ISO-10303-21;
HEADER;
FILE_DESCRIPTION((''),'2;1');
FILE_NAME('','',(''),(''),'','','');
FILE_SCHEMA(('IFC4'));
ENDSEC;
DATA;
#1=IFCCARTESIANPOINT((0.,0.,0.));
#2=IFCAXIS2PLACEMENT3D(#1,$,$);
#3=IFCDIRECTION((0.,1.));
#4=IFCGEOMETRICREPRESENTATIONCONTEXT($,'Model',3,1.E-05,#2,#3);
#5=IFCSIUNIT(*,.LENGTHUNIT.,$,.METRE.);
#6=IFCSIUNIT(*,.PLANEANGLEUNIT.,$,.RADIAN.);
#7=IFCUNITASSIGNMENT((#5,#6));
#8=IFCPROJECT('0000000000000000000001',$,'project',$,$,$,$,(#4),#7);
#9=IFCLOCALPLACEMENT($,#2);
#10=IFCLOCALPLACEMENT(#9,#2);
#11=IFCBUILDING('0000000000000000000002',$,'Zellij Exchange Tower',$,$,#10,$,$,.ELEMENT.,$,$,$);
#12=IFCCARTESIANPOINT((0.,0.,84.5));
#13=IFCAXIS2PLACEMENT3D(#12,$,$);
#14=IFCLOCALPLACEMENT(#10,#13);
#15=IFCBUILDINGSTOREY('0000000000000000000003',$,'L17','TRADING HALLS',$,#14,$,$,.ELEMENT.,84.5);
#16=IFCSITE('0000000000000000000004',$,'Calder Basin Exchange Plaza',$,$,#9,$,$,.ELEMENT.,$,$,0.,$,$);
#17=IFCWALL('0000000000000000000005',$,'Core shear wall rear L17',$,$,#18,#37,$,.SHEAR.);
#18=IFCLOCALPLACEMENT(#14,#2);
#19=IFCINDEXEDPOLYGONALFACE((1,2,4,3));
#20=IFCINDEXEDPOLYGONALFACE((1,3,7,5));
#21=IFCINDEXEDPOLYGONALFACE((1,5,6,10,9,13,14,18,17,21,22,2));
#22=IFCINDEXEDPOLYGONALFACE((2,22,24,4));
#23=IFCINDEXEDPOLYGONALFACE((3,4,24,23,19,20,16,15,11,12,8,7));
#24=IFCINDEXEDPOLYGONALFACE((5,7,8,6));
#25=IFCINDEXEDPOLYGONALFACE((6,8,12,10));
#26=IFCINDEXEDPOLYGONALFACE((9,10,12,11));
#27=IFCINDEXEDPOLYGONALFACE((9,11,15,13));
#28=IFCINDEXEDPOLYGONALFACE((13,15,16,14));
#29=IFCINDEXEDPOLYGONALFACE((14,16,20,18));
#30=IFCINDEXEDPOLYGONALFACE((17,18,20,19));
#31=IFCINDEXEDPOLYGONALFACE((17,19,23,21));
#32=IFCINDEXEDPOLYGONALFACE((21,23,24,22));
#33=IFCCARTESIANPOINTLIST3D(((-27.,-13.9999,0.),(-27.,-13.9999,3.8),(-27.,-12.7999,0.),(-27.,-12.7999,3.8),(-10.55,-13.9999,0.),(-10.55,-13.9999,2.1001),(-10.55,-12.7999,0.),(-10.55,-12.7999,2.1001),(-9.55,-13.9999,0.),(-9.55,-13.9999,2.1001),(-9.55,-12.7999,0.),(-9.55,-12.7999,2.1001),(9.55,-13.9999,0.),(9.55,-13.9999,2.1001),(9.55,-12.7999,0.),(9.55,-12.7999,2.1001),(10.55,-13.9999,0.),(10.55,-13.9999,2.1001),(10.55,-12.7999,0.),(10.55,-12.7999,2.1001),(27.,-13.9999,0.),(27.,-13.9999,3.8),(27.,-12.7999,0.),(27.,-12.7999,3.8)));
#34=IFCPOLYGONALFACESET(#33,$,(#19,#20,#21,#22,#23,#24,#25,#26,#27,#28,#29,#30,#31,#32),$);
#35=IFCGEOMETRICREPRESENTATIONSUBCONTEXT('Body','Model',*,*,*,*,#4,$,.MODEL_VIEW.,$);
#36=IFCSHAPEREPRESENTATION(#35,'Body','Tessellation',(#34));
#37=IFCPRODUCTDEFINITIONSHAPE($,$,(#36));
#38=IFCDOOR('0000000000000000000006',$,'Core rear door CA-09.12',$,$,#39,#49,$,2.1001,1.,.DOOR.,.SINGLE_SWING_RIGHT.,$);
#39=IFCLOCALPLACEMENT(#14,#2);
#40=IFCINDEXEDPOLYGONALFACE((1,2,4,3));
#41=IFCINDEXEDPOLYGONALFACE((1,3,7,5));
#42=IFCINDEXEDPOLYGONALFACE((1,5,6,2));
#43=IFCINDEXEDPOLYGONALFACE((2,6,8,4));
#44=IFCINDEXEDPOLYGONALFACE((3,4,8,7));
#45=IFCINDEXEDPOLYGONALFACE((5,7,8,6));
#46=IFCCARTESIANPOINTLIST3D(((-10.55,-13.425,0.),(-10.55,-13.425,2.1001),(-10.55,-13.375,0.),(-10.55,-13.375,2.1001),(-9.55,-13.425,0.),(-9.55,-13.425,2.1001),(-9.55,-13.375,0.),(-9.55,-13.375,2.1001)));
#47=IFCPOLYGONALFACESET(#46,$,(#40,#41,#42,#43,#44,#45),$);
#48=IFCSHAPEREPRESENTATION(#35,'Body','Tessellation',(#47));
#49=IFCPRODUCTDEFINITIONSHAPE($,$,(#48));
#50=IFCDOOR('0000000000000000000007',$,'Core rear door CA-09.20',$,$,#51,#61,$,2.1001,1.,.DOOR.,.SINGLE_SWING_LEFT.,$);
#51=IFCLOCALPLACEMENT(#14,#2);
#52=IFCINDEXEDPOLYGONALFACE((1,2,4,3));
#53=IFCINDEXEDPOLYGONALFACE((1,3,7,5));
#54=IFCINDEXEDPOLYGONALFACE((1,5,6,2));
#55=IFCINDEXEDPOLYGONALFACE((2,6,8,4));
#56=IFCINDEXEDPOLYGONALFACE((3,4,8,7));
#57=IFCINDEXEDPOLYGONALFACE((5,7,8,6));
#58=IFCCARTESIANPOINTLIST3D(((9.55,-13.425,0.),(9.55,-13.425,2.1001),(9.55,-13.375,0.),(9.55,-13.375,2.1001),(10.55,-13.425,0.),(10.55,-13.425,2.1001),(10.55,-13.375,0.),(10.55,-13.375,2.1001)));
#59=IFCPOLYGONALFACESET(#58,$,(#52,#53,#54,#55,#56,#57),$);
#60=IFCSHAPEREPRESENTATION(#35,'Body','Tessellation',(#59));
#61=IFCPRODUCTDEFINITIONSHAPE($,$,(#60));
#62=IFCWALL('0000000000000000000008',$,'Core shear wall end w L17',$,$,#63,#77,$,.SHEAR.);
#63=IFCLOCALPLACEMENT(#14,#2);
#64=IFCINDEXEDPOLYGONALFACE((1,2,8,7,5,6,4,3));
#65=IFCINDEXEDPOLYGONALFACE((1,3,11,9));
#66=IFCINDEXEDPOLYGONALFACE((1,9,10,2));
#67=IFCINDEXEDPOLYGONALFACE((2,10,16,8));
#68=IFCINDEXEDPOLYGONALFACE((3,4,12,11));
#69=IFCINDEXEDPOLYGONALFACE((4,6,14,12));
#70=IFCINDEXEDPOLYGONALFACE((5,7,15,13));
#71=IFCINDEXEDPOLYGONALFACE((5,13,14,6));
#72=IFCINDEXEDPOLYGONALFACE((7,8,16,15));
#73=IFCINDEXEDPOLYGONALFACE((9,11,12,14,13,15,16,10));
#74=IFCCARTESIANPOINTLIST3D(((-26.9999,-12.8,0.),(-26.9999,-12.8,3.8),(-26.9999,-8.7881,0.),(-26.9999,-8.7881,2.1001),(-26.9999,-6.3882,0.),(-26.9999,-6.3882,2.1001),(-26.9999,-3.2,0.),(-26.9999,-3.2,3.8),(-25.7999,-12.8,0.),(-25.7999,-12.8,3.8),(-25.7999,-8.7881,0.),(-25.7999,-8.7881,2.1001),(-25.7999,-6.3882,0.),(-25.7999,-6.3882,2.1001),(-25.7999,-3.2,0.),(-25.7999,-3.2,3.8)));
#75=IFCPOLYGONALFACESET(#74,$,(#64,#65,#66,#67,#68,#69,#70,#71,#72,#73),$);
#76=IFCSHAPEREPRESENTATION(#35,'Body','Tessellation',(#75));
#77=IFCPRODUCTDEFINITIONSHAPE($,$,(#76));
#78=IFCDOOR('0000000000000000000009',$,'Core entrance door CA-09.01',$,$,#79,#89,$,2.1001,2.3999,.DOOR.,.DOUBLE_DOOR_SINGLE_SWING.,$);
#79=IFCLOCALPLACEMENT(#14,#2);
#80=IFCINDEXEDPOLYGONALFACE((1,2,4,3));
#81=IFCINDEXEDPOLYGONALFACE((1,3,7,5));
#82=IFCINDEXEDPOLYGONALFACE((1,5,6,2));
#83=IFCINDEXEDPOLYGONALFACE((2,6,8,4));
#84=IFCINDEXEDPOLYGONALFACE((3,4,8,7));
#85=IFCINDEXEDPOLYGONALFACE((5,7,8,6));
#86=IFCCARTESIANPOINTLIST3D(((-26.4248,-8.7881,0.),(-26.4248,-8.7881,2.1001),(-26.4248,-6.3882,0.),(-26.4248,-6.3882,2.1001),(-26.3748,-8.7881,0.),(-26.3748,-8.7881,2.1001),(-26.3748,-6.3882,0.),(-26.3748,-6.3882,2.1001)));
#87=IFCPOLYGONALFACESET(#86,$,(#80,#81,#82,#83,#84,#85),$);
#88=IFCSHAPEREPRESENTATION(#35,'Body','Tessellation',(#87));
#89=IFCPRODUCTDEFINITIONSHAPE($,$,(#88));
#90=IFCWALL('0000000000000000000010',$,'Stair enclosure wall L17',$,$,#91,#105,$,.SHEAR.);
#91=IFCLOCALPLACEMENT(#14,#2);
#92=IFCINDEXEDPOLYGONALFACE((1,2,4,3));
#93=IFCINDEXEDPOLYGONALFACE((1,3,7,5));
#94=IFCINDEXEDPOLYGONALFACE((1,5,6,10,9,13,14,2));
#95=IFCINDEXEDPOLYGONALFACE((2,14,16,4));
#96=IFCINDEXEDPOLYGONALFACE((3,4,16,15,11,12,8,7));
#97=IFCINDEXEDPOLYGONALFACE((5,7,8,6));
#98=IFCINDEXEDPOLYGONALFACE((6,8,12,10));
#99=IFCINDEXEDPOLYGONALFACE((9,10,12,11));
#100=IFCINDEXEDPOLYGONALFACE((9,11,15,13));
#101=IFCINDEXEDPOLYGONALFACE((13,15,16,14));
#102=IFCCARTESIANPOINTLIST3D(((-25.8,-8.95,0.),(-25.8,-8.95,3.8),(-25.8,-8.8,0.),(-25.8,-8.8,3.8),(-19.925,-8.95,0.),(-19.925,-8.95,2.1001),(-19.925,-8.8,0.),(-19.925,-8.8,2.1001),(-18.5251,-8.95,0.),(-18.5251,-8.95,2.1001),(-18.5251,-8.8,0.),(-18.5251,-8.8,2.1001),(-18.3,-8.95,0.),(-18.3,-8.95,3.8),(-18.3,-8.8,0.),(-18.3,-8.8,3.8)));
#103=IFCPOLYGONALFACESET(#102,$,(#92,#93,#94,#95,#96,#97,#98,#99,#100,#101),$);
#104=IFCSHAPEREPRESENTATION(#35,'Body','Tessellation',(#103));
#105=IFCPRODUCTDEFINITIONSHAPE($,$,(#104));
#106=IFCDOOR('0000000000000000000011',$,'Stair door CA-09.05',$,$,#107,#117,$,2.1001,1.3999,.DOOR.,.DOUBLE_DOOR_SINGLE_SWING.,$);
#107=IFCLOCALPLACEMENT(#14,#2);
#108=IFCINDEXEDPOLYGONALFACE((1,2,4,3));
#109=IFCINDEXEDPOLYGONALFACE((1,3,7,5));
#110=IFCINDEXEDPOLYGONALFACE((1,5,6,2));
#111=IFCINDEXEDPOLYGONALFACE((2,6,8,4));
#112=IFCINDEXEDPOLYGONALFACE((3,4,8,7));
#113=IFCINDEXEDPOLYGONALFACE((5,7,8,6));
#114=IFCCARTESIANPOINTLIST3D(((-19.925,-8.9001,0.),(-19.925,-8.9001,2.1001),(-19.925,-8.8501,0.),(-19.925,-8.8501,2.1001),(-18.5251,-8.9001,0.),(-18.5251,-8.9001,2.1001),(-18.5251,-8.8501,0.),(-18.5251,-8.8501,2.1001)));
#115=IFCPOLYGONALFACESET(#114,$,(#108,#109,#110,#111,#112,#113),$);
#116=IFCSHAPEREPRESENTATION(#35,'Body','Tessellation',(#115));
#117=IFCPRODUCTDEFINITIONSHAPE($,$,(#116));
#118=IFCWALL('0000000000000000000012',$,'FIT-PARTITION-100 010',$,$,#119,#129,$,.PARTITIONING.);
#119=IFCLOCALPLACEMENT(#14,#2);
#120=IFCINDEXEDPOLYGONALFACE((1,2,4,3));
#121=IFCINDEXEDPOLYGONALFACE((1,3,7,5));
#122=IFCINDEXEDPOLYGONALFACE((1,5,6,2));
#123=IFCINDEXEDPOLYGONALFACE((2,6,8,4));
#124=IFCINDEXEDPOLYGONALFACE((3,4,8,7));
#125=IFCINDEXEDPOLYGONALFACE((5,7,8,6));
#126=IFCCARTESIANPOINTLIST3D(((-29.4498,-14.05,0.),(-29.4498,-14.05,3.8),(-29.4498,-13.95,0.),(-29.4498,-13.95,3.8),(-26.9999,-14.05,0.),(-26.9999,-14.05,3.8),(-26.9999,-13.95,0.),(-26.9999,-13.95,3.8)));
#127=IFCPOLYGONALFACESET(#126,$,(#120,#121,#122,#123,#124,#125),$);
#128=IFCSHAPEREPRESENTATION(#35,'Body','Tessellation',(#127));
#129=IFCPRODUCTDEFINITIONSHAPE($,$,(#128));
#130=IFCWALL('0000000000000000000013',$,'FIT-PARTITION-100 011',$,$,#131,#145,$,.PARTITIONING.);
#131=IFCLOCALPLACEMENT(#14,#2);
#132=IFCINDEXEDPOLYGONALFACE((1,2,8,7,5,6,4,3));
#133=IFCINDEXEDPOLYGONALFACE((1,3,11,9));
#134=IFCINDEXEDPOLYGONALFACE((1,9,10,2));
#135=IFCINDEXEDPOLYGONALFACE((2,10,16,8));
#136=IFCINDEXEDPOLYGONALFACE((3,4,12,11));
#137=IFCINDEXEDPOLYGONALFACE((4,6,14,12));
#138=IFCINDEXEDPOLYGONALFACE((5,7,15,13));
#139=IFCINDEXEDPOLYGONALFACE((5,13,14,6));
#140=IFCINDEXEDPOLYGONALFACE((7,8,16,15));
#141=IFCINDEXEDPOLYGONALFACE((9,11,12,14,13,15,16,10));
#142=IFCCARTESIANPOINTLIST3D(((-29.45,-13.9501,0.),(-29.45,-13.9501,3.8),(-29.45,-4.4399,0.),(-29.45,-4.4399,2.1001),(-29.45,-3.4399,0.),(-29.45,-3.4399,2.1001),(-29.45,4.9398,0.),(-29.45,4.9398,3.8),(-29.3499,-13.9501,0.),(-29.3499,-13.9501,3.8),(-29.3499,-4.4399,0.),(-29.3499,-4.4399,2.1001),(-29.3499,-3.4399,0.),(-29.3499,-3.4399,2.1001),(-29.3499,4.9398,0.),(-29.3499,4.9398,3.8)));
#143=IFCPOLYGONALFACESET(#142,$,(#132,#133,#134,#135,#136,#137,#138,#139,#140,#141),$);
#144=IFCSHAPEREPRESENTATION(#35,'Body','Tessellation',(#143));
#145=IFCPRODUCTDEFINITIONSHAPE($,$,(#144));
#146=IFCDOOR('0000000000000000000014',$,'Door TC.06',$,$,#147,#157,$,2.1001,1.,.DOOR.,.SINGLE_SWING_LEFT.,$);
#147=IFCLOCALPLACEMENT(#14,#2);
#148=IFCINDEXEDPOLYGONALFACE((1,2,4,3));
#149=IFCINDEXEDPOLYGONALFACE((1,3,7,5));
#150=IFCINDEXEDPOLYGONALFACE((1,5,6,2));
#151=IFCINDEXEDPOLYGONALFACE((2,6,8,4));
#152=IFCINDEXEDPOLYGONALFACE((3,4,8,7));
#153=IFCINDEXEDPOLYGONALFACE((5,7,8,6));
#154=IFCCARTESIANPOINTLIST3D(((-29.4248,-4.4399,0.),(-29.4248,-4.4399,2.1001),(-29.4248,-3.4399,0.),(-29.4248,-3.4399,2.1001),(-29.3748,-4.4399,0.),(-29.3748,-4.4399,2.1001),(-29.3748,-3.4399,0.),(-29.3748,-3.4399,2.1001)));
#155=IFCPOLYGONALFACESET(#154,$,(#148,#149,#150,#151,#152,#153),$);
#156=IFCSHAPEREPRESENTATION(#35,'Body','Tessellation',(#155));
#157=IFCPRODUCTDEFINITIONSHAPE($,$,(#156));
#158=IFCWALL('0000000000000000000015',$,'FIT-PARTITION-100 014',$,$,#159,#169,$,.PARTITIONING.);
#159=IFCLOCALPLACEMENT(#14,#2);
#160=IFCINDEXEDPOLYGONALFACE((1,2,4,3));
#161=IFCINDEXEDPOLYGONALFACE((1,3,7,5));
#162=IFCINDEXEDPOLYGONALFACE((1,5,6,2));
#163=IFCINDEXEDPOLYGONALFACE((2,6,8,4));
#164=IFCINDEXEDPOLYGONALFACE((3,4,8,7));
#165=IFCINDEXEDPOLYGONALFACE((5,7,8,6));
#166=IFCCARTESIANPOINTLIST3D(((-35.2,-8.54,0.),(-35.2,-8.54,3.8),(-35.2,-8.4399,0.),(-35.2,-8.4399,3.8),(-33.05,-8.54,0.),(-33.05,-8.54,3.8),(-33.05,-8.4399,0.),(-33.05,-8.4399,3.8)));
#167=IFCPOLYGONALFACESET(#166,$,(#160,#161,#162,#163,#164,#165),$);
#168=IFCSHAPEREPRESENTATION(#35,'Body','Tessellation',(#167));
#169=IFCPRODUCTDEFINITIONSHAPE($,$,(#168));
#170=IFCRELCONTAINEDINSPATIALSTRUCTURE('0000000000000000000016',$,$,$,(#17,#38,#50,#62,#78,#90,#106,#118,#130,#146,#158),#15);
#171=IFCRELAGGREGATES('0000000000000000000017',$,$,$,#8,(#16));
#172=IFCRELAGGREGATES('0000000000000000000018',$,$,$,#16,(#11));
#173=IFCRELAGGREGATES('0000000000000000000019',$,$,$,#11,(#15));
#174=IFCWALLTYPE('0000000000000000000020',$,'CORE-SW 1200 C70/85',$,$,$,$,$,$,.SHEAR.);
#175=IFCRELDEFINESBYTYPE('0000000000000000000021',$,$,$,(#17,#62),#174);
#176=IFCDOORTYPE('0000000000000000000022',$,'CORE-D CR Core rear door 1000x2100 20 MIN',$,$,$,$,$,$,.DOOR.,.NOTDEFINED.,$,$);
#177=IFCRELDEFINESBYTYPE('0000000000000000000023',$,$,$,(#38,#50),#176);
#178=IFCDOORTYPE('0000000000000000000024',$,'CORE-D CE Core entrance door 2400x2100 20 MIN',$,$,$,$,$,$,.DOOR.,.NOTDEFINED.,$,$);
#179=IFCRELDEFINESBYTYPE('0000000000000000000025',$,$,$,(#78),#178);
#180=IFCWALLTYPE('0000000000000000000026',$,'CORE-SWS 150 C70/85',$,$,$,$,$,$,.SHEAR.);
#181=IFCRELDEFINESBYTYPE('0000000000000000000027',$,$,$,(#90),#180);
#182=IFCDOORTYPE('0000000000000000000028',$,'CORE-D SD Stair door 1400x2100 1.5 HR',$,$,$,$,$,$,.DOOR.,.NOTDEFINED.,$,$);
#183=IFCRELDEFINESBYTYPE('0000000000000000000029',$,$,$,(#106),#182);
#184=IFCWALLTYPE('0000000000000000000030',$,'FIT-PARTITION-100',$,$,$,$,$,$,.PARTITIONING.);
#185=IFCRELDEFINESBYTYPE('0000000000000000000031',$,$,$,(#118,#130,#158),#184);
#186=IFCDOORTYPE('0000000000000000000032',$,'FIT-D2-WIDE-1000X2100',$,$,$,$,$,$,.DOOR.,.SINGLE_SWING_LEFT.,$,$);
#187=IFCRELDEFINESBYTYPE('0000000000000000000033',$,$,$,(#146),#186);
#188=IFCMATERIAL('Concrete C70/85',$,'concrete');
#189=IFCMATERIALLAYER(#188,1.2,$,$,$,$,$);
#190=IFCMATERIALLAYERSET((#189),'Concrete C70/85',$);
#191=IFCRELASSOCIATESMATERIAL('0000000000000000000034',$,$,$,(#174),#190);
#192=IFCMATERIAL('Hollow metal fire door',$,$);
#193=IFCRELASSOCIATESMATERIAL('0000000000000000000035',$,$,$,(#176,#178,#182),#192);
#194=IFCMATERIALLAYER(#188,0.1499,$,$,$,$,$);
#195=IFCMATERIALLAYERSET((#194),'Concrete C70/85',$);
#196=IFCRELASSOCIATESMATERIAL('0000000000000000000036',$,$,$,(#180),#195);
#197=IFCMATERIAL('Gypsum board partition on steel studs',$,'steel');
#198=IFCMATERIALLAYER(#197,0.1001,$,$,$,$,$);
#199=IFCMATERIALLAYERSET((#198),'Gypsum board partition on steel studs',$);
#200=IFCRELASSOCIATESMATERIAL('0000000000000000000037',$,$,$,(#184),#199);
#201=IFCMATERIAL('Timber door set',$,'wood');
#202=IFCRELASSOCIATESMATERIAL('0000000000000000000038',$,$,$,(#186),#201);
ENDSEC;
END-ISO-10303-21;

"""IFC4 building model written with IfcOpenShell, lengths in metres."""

from ifc_helpers import new_model, si_unit, direction, frame, frame_2d, origin, place, context, subcontext, project, spatial, rectangle, extrude, material, layer, layer_set, type_object, element, fill, save


model = new_model("IFC4")

# Units and contexts
model_context = context("Model", 3, precision=1e-05, world=origin(), true_north=direction((0.0, 1.0)))
body_context = subcontext(model_context, "Body", "Model", "MODEL_VIEW")
ifc_project = project(units=[si_unit("LENGTHUNIT", "METRE"), si_unit("PLANEANGLEUNIT", "RADIAN")], contexts=[model_context])

# Site, building, storey
site_placement = place(None, origin())
site = spatial("IfcSite", under=ifc_project, at=site_placement, Name="Calder Basin Exchange Plaza", CompositionType="ELEMENT", RefElevation=0.0)
building_placement = place(site_placement, origin())
building = spatial("IfcBuilding", under=site, at=building_placement, Name="Zellij Exchange Tower", CompositionType="ELEMENT")
storey_placement = place(building_placement, frame((0.0, 0.0, 84.5)))
storey = spatial("IfcBuildingStorey", under=building, at=storey_placement, Name="L17", Description="TRADING HALLS", CompositionType="ELEMENT", Elevation=84.5)

# Shared definitions
ifc_material_1 = material(Name="Concrete C70/85", Category="concrete")

# Wall, openings, doors
ifc_layer_1 = layer(ifc_material_1, 1.2)
ifc_layer_set_1 = layer_set([ifc_layer_1], Name="Concrete C70/85")
wall_type_1 = type_object("IfcWallType", Name="CORE-SW 1200 C70/85", PredefinedType="SHEAR", material=ifc_layer_set_1)
wall_1_placement = place(storey_placement, frame((-27.0, -13.3999, 0.0), z_axis=(0.0, 0.0, 1.0), x_axis=(1.0, 0.0, 0.0)))
wall_1 = element("IfcWall", 1, at=wall_1_placement, inside=storey, type_object=wall_type_1, Name="Core shear wall rear L17", PredefinedType="SHEAR", context=body_context, shape_type="SweptSolid", body=[
    extrude(rectangle(XDim=54.0, YDim=1.2, at=frame_2d((27.0, 0.0))), origin(), (0.0, 0.0, 1.0), 3.8),
])
opening_1_placement = place(wall_1_placement, frame((16.45, 0.0, 0.0)))
opening_1 = element("IfcOpeningElement", 2, at=opening_1_placement, cuts=wall_1, PredefinedType="OPENING", context=body_context, shape_type="SweptSolid", body=[
    extrude(rectangle(XDim=1.0, YDim=2.1001, at=frame_2d((0.5, 1.05))), frame((0.0, 0.6118, 0.0), z_axis=(0.0, -1.0, 0.0), x_axis=(1.0, 0.0, 0.0)), (0.0, 0.0, 1.0), 1.2239),
])
opening_2_placement = place(wall_1_placement, frame((36.55, 0.0, 0.0)))
opening_2 = element("IfcOpeningElement", 3, at=opening_2_placement, cuts=wall_1, PredefinedType="OPENING", context=body_context, shape_type="SweptSolid", body=[
    extrude(rectangle(XDim=1.0, YDim=2.1001, at=frame_2d((0.5, 1.05))), frame((0.0, 0.6118, 0.0), z_axis=(0.0, -1.0, 0.0), x_axis=(1.0, 0.0, 0.0)), (0.0, 0.0, 1.0), 1.2239),
])
ifc_material_2 = material(Name="Hollow metal fire door")
door_type_1 = type_object("IfcDoorType", Name="CORE-D CR Core rear door 1000x2100 20 MIN", OperationType="NOTDEFINED", PredefinedType="DOOR", material=ifc_material_2)
door_1_placement = place(opening_1_placement, origin())
door_1 = element("IfcDoor", 4, at=door_1_placement, inside=storey, type_object=door_type_1, Name="Core rear door CA-09.12", OperationType="SINGLE_SWING_RIGHT", OverallHeight=2.1001, OverallWidth=1.0, PredefinedType="DOOR", context=body_context, shape_type="SweptSolid", body=[
    extrude(rectangle(XDim=1.0, YDim=2.1001, at=frame_2d((0.5, 1.05))), frame((0.0, 0.0249, 0.0), z_axis=(0.0, -1.0, 0.0), x_axis=(1.0, 0.0, 0.0)), (0.0, 0.0, 1.0), 0.05),
])
fill(opening_1, door_1)
door_2_placement = place(opening_2_placement, origin())
door_2 = element("IfcDoor", 5, at=door_2_placement, inside=storey, type_object=door_type_1, Name="Core rear door CA-09.20", OperationType="SINGLE_SWING_LEFT", OverallHeight=2.1001, OverallWidth=1.0, PredefinedType="DOOR", context=body_context, shape_type="SweptSolid", body=[
    extrude(rectangle(XDim=1.0, YDim=2.1001, at=frame_2d((0.5, 1.05))), frame((0.0, 0.0249, 0.0), z_axis=(0.0, -1.0, 0.0), x_axis=(1.0, 0.0, 0.0)), (0.0, 0.0, 1.0), 0.05),
])
fill(opening_2, door_2)

# Walls, openings, doors
wall_2_placement = place(storey_placement, frame((-26.3999, -12.8, 0.0), z_axis=(0.0, 0.0, 1.0), x_axis=(0.0, 1.0, 0.0)))
wall_2 = element("IfcWall", 6, at=wall_2_placement, inside=storey, type_object=wall_type_1, Name="Core shear wall end w L17", PredefinedType="SHEAR", context=body_context, shape_type="SweptSolid", body=[
    extrude(rectangle(XDim=9.6001, YDim=1.2, at=frame_2d((4.8, 0.0))), origin(), (0.0, 0.0, 1.0), 3.8),
])
opening_3_placement = place(wall_2_placement, frame((4.012, 0.0, 0.0)))
opening_3 = element("IfcOpeningElement", 7, at=opening_3_placement, cuts=wall_2, PredefinedType="OPENING", context=body_context, shape_type="SweptSolid", body=[
    extrude(rectangle(XDim=2.3999, YDim=2.1001, at=frame_2d((1.2, 1.05))), frame((0.0, 0.6118, 0.0), z_axis=(0.0, -1.0, 0.0), x_axis=(1.0, 0.0, 0.0)), (0.0, 0.0, 1.0), 1.2239),
])
door_type_2 = type_object("IfcDoorType", Name="CORE-D CE Core entrance door 2400x2100 20 MIN", OperationType="NOTDEFINED", PredefinedType="DOOR", material=ifc_material_2)
door_3_placement = place(opening_3_placement, origin())
door_3 = element("IfcDoor", 8, at=door_3_placement, inside=storey, type_object=door_type_2, Name="Core entrance door CA-09.01", OperationType="DOUBLE_DOOR_SINGLE_SWING", OverallHeight=2.1001, OverallWidth=2.3999, PredefinedType="DOOR", context=body_context, shape_type="SweptSolid", body=[
    extrude(rectangle(XDim=2.3999, YDim=2.1001, at=frame_2d((1.2, 1.05))), frame((0.0, 0.0249, 0.0), z_axis=(0.0, -1.0, 0.0), x_axis=(1.0, 0.0, 0.0)), (0.0, 0.0, 1.0), 0.05),
])
fill(opening_3, door_3)
ifc_layer_2 = layer(ifc_material_1, 0.1499)
ifc_layer_set_2 = layer_set([ifc_layer_2], Name="Concrete C70/85")
wall_type_2 = type_object("IfcWallType", Name="CORE-SWS 150 C70/85", PredefinedType="SHEAR", material=ifc_layer_set_2)
wall_3_placement = place(storey_placement, frame((-25.8, -8.875, 0.0), z_axis=(0.0, 0.0, 1.0), x_axis=(1.0, 0.0, 0.0)))
wall_3 = element("IfcWall", 9, at=wall_3_placement, inside=storey, type_object=wall_type_2, Name="Stair enclosure wall L17", PredefinedType="SHEAR", context=body_context, shape_type="SweptSolid", body=[
    extrude(rectangle(XDim=7.5, YDim=0.1499, at=frame_2d((3.75, 0.0))), origin(), (0.0, 0.0, 1.0), 3.8),
])
opening_4_placement = place(wall_3_placement, frame((5.875, 0.0, 0.0)))
opening_4 = element("IfcOpeningElement", 10, at=opening_4_placement, cuts=wall_3, PredefinedType="OPENING", context=body_context, shape_type="SweptSolid", body=[
    extrude(rectangle(XDim=1.3999, YDim=2.1001, at=frame_2d((0.7, 1.05))), frame((0.0, 0.0869, 0.0), z_axis=(0.0, -1.0, 0.0), x_axis=(1.0, 0.0, 0.0)), (0.0, 0.0, 1.0), 0.1738),
])
door_type_3 = type_object("IfcDoorType", Name="CORE-D SD Stair door 1400x2100 1.5 HR", OperationType="NOTDEFINED", PredefinedType="DOOR", material=ifc_material_2)
door_4_placement = place(opening_4_placement, origin())
door_4 = element("IfcDoor", 11, at=door_4_placement, inside=storey, type_object=door_type_3, Name="Stair door CA-09.05", OperationType="DOUBLE_DOOR_SINGLE_SWING", OverallHeight=2.1001, OverallWidth=1.3999, PredefinedType="DOOR", context=body_context, shape_type="SweptSolid", body=[
    extrude(rectangle(XDim=1.3999, YDim=2.1001, at=frame_2d((0.7, 1.05))), frame((0.0, 0.0249, 0.0), z_axis=(0.0, -1.0, 0.0), x_axis=(1.0, 0.0, 0.0)), (0.0, 0.0, 1.0), 0.05),
])
fill(opening_4, door_4)

# Wall
ifc_material_3 = material(Name="Gypsum board partition on steel studs", Category="steel")
ifc_layer_3 = layer(ifc_material_3, 0.1001)
ifc_layer_set_3 = layer_set([ifc_layer_3], Name="Gypsum board partition on steel studs")
wall_type_3 = type_object("IfcWallType", Name="FIT-PARTITION-100", PredefinedType="PARTITIONING", material=ifc_layer_set_3)
wall_4_placement = place(storey_placement, frame((-29.45, -14.0, 0.0), z_axis=(0.0, 0.0, 1.0), x_axis=(1.0, 0.0, 0.0)))
element("IfcWall", 12, at=wall_4_placement, inside=storey, type_object=wall_type_3, Name="FIT-PARTITION-100 010", PredefinedType="PARTITIONING", context=body_context, shape_type="SweptSolid", body=[
    extrude(rectangle(XDim=2.45, YDim=0.1001, at=frame_2d((1.2251, 0.0))), origin(), (0.0, 0.0, 1.0), 3.8),
])

# Wall, opening, door
wall_5_placement = place(storey_placement, frame((-29.3999, -13.95, 0.0), z_axis=(0.0, 0.0, 1.0), x_axis=(0.0, 1.0, 0.0)))
wall_5 = element("IfcWall", 13, at=wall_5_placement, inside=storey, type_object=wall_type_3, Name="FIT-PARTITION-100 011", PredefinedType="PARTITIONING", context=body_context, shape_type="SweptSolid", body=[
    extrude(rectangle(XDim=18.8899, YDim=0.1001, at=frame_2d((9.4448, 0.0))), origin(), (0.0, 0.0, 1.0), 3.8),
])
opening_5_placement = place(wall_5_placement, frame((9.51, 0.0, 0.0)))
opening_5 = element("IfcOpeningElement", 14, at=opening_5_placement, cuts=wall_5, PredefinedType="OPENING", context=body_context, shape_type="SweptSolid", body=[
    extrude(rectangle(XDim=1.0, YDim=2.1001, at=frame_2d((0.5, 1.05))), frame((0.0, 0.062, 0.0), z_axis=(0.0, -1.0, 0.0), x_axis=(1.0, 0.0, 0.0)), (0.0, 0.0, 1.0), 0.124),
])
ifc_material_4 = material(Name="Timber door set", Category="wood")
door_type_4 = type_object("IfcDoorType", Name="FIT-D2-WIDE-1000X2100", OperationType="SINGLE_SWING_LEFT", PredefinedType="DOOR", material=ifc_material_4)
door_5_placement = place(opening_5_placement, origin())
door_5 = element("IfcDoor", 15, at=door_5_placement, inside=storey, type_object=door_type_4, Name="Door TC.06", OperationType="SINGLE_SWING_LEFT", OverallHeight=2.1001, OverallWidth=1.0, PredefinedType="DOOR", context=body_context, shape_type="SweptSolid", body=[
    extrude(rectangle(XDim=1.0, YDim=2.1001, at=frame_2d((0.5, 1.05))), frame((0.0, 0.0249, 0.0), z_axis=(0.0, -1.0, 0.0), x_axis=(1.0, 0.0, 0.0)), (0.0, 0.0, 1.0), 0.05),
])
fill(opening_5, door_5)

# Wall
wall_6_placement = place(storey_placement, frame((-35.2, -8.49, 0.0), z_axis=(0.0, 0.0, 1.0), x_axis=(1.0, 0.0, 0.0)))
element("IfcWall", 16, at=wall_6_placement, inside=storey, type_object=wall_type_3, Name="FIT-PARTITION-100 014", PredefinedType="PARTITIONING", context=body_context, shape_type="SweptSolid", body=[
    extrude(rectangle(XDim=2.1499, YDim=0.1001, at=frame_2d((1.075, 0.0))), origin(), (0.0, 0.0, 1.0), 3.8),
])

save(model, "model.ifc")
